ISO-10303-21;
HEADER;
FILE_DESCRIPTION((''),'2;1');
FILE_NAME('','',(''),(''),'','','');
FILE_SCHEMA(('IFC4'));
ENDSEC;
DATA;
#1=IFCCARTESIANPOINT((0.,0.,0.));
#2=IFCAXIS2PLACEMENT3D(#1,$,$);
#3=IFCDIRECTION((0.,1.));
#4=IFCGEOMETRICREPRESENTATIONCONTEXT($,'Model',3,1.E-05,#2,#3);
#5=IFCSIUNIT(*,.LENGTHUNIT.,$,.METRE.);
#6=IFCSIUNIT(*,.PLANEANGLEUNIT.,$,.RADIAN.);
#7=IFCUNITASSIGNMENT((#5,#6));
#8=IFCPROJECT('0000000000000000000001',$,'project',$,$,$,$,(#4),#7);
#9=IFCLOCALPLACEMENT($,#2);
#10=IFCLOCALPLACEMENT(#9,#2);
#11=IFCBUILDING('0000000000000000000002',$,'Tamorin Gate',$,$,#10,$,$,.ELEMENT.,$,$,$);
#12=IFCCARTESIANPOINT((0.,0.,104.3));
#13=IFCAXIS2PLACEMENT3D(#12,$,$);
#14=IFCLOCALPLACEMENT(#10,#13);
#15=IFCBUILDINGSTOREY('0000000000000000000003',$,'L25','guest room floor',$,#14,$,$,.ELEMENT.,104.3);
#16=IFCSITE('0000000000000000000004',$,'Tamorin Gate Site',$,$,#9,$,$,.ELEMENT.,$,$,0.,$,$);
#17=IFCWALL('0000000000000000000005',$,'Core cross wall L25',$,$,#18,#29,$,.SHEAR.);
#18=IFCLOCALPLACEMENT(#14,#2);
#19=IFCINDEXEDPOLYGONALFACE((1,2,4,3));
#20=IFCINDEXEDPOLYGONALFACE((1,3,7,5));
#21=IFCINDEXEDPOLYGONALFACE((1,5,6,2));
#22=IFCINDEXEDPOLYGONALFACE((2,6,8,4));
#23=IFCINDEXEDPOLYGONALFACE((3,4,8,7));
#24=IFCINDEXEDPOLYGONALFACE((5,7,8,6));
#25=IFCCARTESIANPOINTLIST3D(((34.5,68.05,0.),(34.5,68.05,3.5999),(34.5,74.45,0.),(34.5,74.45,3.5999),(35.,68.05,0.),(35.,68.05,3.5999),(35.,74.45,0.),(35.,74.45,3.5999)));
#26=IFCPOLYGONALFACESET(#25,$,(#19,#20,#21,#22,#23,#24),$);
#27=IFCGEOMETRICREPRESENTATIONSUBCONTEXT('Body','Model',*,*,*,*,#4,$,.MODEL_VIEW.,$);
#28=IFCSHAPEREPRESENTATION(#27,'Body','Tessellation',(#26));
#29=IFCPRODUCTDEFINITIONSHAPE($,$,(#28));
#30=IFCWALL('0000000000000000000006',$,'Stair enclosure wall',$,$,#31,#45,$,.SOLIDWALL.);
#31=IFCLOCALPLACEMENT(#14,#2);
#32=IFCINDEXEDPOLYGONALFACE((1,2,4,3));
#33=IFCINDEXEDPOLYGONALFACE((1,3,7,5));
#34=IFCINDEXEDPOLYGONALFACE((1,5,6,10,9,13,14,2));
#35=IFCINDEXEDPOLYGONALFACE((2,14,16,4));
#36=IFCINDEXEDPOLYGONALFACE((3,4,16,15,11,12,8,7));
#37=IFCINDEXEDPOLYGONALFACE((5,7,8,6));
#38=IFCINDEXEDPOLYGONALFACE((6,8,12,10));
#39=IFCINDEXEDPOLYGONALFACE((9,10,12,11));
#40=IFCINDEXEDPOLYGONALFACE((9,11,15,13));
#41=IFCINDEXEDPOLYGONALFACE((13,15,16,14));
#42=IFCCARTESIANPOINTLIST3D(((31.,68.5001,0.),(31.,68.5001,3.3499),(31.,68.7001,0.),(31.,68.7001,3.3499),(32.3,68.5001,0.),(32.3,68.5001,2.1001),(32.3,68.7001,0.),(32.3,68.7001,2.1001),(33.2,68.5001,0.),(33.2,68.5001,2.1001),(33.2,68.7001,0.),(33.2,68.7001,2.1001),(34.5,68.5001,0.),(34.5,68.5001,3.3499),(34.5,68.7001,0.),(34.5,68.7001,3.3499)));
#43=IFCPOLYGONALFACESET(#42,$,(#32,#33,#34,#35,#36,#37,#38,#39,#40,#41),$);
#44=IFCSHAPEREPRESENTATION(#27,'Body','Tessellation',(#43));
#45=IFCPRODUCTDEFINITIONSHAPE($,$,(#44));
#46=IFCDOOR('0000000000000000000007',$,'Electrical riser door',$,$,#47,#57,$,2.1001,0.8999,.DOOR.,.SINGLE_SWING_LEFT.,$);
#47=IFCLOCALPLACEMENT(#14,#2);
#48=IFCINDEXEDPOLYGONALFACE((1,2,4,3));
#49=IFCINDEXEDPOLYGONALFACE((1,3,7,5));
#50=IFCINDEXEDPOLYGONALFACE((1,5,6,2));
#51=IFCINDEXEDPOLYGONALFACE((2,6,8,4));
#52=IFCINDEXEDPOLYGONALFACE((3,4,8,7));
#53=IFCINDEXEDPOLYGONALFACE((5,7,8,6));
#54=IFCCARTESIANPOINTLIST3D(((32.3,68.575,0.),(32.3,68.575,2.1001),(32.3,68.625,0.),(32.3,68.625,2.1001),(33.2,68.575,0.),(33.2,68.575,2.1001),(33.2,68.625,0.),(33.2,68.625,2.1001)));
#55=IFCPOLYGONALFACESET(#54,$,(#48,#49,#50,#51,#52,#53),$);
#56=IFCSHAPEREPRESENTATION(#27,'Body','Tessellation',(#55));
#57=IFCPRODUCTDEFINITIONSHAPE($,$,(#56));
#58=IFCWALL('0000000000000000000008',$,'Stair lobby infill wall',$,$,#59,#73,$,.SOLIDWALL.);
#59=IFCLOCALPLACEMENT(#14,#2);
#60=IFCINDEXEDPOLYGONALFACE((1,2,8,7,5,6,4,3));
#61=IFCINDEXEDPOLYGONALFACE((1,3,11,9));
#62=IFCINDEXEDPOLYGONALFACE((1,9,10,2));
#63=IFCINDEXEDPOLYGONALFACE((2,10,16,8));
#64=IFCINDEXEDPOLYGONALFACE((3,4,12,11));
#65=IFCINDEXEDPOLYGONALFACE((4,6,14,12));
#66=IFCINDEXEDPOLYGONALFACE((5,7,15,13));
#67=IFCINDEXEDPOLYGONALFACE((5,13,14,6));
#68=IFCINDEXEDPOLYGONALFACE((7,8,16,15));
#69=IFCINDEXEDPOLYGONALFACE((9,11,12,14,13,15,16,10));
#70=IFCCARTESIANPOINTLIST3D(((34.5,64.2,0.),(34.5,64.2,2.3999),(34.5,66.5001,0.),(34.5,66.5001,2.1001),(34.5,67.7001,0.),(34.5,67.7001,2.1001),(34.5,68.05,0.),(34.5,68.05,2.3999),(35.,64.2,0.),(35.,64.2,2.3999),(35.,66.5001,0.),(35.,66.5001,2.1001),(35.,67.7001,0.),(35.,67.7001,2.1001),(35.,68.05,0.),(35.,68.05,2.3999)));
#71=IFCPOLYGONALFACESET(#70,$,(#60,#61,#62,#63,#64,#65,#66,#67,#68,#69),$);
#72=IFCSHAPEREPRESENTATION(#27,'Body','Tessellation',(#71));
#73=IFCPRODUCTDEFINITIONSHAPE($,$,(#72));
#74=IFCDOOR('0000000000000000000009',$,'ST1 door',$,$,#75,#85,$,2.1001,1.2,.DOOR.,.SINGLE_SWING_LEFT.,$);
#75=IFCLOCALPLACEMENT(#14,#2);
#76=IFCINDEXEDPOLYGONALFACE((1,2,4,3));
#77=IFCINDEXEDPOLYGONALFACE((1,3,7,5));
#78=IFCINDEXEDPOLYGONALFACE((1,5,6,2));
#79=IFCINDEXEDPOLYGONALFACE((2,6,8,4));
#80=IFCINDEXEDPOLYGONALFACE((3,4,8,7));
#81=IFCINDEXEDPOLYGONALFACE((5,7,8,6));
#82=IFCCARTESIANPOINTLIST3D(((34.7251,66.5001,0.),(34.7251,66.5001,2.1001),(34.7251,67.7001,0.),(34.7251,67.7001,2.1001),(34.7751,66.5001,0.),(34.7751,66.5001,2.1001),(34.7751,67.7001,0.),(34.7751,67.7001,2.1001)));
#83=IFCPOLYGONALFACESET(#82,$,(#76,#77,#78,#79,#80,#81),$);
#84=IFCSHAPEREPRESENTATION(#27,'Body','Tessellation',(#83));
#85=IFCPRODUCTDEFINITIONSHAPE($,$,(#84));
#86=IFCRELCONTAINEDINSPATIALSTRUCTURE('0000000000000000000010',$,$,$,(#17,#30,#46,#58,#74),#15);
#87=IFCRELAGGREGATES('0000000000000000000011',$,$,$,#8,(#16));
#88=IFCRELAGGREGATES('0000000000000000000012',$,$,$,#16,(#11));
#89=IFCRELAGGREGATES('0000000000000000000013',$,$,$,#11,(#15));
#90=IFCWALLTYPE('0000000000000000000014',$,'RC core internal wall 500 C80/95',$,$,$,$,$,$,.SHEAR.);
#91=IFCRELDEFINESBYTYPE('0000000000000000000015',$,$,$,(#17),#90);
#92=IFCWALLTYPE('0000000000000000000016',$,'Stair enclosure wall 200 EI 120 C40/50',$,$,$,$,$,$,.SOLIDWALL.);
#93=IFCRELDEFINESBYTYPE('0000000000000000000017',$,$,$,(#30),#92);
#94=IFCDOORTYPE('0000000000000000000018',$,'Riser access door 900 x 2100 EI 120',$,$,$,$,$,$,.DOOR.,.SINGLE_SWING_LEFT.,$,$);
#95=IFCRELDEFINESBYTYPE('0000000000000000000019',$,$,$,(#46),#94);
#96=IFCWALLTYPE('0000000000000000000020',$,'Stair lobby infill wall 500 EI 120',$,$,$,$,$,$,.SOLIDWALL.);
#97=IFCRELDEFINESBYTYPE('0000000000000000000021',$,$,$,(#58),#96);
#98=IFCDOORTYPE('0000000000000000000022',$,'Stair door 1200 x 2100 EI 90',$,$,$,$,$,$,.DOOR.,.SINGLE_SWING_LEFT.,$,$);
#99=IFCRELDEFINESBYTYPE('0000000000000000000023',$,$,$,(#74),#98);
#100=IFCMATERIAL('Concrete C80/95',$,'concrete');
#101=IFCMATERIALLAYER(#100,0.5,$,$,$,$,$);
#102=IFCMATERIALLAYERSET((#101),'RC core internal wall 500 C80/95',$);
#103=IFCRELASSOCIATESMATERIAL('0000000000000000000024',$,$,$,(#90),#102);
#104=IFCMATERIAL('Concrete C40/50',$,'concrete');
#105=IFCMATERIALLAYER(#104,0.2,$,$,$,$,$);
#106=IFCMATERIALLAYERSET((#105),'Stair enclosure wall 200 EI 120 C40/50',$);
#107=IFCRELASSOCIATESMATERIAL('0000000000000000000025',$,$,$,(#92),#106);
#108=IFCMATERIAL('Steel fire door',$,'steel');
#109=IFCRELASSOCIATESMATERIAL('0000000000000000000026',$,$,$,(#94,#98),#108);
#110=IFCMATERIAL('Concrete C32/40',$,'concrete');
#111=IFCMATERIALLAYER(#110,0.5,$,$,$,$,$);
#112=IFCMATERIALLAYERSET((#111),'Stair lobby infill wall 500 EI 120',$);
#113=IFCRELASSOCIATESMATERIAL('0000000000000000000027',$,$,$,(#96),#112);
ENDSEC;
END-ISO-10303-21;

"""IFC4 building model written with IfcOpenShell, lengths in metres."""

from ifc_helpers import new_model, si_unit, direction, frame, frame_2d, origin, place, context, subcontext, project, spatial, rectangle, extrude, material, layer, layer_set, type_object, element, fill, save


model = new_model("IFC4")

# Units and contexts
model_context = context("Model", 3, precision=1e-05, world=origin(), true_north=direction((0.0, 1.0)))
body_context = subcontext(model_context, "Body", "Model", "MODEL_VIEW")
ifc_project = project(units=[si_unit("LENGTHUNIT", "METRE"), si_unit("PLANEANGLEUNIT", "RADIAN")], contexts=[model_context])

# Site, building, storey
site_placement = place(None, origin())
site = spatial("IfcSite", under=ifc_project, at=site_placement, Name="Tamorin Gate Site", CompositionType="ELEMENT", RefElevation=0.0)
building_placement = place(site_placement, origin())
building = spatial("IfcBuilding", under=site, at=building_placement, Name="Tamorin Gate", CompositionType="ELEMENT")
storey_placement = place(building_placement, frame((0.0, 0.0, 104.3)))
storey = spatial("IfcBuildingStorey", under=building, at=storey_placement, Name="L25", Description="guest room floor", CompositionType="ELEMENT", Elevation=104.3)

# Shared definitions
ifc_material_1 = material(Name="Concrete C80/95", Category="concrete")

# Shared definitions
ifc_material_2 = material(Name="Concrete C32/40", Category="concrete")

# Wall
ifc_layer_1 = layer(ifc_material_1, 0.5)
ifc_layer_set_1 = layer_set([ifc_layer_1], Name="RC core internal wall 500 C80/95")
wall_type_1 = type_object("IfcWallType", Name="RC core internal wall 500 C80/95", PredefinedType="SHEAR", material=ifc_layer_set_1)
wall_1_placement = place(storey_placement, frame((34.75, 68.05, 0.0), z_axis=(0.0, 0.0, 1.0), x_axis=(0.0, 1.0, 0.0)))
element("IfcWall", 1, at=wall_1_placement, inside=storey, type_object=wall_type_1, Name="Core cross wall L25", PredefinedType="SHEAR", context=body_context, shape_type="SweptSolid", body=[
    extrude(rectangle(XDim=6.3999, YDim=0.5, at=frame_2d((3.2, 0.0))), origin(), (0.0, 0.0, 1.0), 3.5999),
])

# Walls, openings, doors
ifc_material_3 = material(Name="Concrete C40/50", Category="concrete")
ifc_layer_2 = layer(ifc_material_3, 0.2)
ifc_layer_set_2 = layer_set([ifc_layer_2], Name="Stair enclosure wall 200 EI 120 C40/50")
wall_type_2 = type_object("IfcWallType", Name="Stair enclosure wall 200 EI 120 C40/50", PredefinedType="SOLIDWALL", material=ifc_layer_set_2)
wall_2_placement = place(storey_placement, frame((31.0, 68.6001, 0.0), z_axis=(0.0, 0.0, 1.0), x_axis=(1.0, 0.0, 0.0)))
wall_2 = element("IfcWall", 2, at=wall_2_placement, inside=storey, type_object=wall_type_2, Name="Stair enclosure wall", PredefinedType="SOLIDWALL", context=body_context, shape_type="SweptSolid", body=[
    extrude(rectangle(XDim=3.5, YDim=0.2, at=frame_2d((1.75, 0.0))), origin(), (0.0, 0.0, 1.0), 3.3499),
])
opening_1_placement = place(wall_2_placement, frame((1.3, 0.0, 0.0)))
opening_1 = element("IfcOpeningElement", 3, at=opening_1_placement, cuts=wall_2, PredefinedType="OPENING", context=body_context, shape_type="SweptSolid", body=[
    extrude(rectangle(XDim=0.8999, YDim=2.1001, at=frame_2d((0.45, 1.05))), frame((0.0, 0.1099, 0.0), z_axis=(0.0, -1.0, 0.0), x_axis=(1.0, 0.0, 0.0)), (0.0, 0.0, 1.0), 0.22),
])
ifc_material_4 = material(Name="Steel fire door", Category="steel")
door_type_1 = type_object("IfcDoorType", Name="Riser access door 900 x 2100 EI 120", OperationType="SINGLE_SWING_LEFT", PredefinedType="DOOR", material=ifc_material_4)
door_1_placement = place(opening_1_placement, origin())
door_1 = element("IfcDoor", 4, at=door_1_placement, inside=storey, type_object=door_type_1, Name="Electrical riser door", OperationType="SINGLE_SWING_LEFT", OverallHeight=2.1001, OverallWidth=0.8999, PredefinedType="DOOR", context=body_context, shape_type="SweptSolid", body=[
    extrude(rectangle(XDim=0.8999, YDim=2.1001, at=frame_2d((0.45, 1.05))), frame((0.0, 0.0249, 0.0), z_axis=(0.0, -1.0, 0.0), x_axis=(1.0, 0.0, 0.0)), (0.0, 0.0, 1.0), 0.05),
])
fill(opening_1, door_1)
ifc_layer_3 = layer(ifc_material_2, 0.5)
ifc_layer_set_3 = layer_set([ifc_layer_3], Name="Stair lobby infill wall 500 EI 120")
wall_type_3 = type_object("IfcWallType", Name="Stair lobby infill wall 500 EI 120", PredefinedType="SOLIDWALL", material=ifc_layer_set_3)
wall_3_placement = place(storey_placement, frame((34.75, 64.2, 0.0), z_axis=(0.0, 0.0, 1.0), x_axis=(0.0, 1.0, 0.0)))
wall_3 = element("IfcWall", 5, at=wall_3_placement, inside=storey, type_object=wall_type_3, Name="Stair lobby infill wall", PredefinedType="SOLIDWALL", context=body_context, shape_type="SweptSolid", body=[
    extrude(rectangle(XDim=3.8501, YDim=0.5, at=frame_2d((1.925, 0.0))), origin(), (0.0, 0.0, 1.0), 2.3999),
])
opening_2_placement = place(wall_3_placement, frame((2.3, 0.0, 0.0)))
opening_2 = element("IfcOpeningElement", 6, at=opening_2_placement, cuts=wall_3, PredefinedType="OPENING", context=body_context, shape_type="SweptSolid", body=[
    extrude(rectangle(XDim=1.2, YDim=2.1001, at=frame_2d((0.6001, 1.05))), frame((0.0, 0.26, 0.0), z_axis=(0.0, -1.0, 0.0), x_axis=(1.0, 0.0, 0.0)), (0.0, 0.0, 1.0), 0.52),
])
door_type_2 = type_object("IfcDoorType", Name="Stair door 1200 x 2100 EI 90", OperationType="SINGLE_SWING_LEFT", PredefinedType="DOOR", material=ifc_material_4)
door_2_placement = place(opening_2_placement, origin())
door_2 = element("IfcDoor", 7, at=door_2_placement, inside=storey, type_object=door_type_2, Name="ST1 door", OperationType="SINGLE_SWING_LEFT", OverallHeight=2.1001, OverallWidth=1.2, PredefinedType="DOOR", context=body_context, shape_type="SweptSolid", body=[
    extrude(rectangle(XDim=1.2, YDim=2.1001, at=frame_2d((0.6001, 1.05))), frame((0.0, 0.0249, 0.0), z_axis=(0.0, -1.0, 0.0), x_axis=(1.0, 0.0, 0.0)), (0.0, 0.0, 1.0), 0.05),
])
fill(opening_2, door_2)

save(model, "model.ifc")
